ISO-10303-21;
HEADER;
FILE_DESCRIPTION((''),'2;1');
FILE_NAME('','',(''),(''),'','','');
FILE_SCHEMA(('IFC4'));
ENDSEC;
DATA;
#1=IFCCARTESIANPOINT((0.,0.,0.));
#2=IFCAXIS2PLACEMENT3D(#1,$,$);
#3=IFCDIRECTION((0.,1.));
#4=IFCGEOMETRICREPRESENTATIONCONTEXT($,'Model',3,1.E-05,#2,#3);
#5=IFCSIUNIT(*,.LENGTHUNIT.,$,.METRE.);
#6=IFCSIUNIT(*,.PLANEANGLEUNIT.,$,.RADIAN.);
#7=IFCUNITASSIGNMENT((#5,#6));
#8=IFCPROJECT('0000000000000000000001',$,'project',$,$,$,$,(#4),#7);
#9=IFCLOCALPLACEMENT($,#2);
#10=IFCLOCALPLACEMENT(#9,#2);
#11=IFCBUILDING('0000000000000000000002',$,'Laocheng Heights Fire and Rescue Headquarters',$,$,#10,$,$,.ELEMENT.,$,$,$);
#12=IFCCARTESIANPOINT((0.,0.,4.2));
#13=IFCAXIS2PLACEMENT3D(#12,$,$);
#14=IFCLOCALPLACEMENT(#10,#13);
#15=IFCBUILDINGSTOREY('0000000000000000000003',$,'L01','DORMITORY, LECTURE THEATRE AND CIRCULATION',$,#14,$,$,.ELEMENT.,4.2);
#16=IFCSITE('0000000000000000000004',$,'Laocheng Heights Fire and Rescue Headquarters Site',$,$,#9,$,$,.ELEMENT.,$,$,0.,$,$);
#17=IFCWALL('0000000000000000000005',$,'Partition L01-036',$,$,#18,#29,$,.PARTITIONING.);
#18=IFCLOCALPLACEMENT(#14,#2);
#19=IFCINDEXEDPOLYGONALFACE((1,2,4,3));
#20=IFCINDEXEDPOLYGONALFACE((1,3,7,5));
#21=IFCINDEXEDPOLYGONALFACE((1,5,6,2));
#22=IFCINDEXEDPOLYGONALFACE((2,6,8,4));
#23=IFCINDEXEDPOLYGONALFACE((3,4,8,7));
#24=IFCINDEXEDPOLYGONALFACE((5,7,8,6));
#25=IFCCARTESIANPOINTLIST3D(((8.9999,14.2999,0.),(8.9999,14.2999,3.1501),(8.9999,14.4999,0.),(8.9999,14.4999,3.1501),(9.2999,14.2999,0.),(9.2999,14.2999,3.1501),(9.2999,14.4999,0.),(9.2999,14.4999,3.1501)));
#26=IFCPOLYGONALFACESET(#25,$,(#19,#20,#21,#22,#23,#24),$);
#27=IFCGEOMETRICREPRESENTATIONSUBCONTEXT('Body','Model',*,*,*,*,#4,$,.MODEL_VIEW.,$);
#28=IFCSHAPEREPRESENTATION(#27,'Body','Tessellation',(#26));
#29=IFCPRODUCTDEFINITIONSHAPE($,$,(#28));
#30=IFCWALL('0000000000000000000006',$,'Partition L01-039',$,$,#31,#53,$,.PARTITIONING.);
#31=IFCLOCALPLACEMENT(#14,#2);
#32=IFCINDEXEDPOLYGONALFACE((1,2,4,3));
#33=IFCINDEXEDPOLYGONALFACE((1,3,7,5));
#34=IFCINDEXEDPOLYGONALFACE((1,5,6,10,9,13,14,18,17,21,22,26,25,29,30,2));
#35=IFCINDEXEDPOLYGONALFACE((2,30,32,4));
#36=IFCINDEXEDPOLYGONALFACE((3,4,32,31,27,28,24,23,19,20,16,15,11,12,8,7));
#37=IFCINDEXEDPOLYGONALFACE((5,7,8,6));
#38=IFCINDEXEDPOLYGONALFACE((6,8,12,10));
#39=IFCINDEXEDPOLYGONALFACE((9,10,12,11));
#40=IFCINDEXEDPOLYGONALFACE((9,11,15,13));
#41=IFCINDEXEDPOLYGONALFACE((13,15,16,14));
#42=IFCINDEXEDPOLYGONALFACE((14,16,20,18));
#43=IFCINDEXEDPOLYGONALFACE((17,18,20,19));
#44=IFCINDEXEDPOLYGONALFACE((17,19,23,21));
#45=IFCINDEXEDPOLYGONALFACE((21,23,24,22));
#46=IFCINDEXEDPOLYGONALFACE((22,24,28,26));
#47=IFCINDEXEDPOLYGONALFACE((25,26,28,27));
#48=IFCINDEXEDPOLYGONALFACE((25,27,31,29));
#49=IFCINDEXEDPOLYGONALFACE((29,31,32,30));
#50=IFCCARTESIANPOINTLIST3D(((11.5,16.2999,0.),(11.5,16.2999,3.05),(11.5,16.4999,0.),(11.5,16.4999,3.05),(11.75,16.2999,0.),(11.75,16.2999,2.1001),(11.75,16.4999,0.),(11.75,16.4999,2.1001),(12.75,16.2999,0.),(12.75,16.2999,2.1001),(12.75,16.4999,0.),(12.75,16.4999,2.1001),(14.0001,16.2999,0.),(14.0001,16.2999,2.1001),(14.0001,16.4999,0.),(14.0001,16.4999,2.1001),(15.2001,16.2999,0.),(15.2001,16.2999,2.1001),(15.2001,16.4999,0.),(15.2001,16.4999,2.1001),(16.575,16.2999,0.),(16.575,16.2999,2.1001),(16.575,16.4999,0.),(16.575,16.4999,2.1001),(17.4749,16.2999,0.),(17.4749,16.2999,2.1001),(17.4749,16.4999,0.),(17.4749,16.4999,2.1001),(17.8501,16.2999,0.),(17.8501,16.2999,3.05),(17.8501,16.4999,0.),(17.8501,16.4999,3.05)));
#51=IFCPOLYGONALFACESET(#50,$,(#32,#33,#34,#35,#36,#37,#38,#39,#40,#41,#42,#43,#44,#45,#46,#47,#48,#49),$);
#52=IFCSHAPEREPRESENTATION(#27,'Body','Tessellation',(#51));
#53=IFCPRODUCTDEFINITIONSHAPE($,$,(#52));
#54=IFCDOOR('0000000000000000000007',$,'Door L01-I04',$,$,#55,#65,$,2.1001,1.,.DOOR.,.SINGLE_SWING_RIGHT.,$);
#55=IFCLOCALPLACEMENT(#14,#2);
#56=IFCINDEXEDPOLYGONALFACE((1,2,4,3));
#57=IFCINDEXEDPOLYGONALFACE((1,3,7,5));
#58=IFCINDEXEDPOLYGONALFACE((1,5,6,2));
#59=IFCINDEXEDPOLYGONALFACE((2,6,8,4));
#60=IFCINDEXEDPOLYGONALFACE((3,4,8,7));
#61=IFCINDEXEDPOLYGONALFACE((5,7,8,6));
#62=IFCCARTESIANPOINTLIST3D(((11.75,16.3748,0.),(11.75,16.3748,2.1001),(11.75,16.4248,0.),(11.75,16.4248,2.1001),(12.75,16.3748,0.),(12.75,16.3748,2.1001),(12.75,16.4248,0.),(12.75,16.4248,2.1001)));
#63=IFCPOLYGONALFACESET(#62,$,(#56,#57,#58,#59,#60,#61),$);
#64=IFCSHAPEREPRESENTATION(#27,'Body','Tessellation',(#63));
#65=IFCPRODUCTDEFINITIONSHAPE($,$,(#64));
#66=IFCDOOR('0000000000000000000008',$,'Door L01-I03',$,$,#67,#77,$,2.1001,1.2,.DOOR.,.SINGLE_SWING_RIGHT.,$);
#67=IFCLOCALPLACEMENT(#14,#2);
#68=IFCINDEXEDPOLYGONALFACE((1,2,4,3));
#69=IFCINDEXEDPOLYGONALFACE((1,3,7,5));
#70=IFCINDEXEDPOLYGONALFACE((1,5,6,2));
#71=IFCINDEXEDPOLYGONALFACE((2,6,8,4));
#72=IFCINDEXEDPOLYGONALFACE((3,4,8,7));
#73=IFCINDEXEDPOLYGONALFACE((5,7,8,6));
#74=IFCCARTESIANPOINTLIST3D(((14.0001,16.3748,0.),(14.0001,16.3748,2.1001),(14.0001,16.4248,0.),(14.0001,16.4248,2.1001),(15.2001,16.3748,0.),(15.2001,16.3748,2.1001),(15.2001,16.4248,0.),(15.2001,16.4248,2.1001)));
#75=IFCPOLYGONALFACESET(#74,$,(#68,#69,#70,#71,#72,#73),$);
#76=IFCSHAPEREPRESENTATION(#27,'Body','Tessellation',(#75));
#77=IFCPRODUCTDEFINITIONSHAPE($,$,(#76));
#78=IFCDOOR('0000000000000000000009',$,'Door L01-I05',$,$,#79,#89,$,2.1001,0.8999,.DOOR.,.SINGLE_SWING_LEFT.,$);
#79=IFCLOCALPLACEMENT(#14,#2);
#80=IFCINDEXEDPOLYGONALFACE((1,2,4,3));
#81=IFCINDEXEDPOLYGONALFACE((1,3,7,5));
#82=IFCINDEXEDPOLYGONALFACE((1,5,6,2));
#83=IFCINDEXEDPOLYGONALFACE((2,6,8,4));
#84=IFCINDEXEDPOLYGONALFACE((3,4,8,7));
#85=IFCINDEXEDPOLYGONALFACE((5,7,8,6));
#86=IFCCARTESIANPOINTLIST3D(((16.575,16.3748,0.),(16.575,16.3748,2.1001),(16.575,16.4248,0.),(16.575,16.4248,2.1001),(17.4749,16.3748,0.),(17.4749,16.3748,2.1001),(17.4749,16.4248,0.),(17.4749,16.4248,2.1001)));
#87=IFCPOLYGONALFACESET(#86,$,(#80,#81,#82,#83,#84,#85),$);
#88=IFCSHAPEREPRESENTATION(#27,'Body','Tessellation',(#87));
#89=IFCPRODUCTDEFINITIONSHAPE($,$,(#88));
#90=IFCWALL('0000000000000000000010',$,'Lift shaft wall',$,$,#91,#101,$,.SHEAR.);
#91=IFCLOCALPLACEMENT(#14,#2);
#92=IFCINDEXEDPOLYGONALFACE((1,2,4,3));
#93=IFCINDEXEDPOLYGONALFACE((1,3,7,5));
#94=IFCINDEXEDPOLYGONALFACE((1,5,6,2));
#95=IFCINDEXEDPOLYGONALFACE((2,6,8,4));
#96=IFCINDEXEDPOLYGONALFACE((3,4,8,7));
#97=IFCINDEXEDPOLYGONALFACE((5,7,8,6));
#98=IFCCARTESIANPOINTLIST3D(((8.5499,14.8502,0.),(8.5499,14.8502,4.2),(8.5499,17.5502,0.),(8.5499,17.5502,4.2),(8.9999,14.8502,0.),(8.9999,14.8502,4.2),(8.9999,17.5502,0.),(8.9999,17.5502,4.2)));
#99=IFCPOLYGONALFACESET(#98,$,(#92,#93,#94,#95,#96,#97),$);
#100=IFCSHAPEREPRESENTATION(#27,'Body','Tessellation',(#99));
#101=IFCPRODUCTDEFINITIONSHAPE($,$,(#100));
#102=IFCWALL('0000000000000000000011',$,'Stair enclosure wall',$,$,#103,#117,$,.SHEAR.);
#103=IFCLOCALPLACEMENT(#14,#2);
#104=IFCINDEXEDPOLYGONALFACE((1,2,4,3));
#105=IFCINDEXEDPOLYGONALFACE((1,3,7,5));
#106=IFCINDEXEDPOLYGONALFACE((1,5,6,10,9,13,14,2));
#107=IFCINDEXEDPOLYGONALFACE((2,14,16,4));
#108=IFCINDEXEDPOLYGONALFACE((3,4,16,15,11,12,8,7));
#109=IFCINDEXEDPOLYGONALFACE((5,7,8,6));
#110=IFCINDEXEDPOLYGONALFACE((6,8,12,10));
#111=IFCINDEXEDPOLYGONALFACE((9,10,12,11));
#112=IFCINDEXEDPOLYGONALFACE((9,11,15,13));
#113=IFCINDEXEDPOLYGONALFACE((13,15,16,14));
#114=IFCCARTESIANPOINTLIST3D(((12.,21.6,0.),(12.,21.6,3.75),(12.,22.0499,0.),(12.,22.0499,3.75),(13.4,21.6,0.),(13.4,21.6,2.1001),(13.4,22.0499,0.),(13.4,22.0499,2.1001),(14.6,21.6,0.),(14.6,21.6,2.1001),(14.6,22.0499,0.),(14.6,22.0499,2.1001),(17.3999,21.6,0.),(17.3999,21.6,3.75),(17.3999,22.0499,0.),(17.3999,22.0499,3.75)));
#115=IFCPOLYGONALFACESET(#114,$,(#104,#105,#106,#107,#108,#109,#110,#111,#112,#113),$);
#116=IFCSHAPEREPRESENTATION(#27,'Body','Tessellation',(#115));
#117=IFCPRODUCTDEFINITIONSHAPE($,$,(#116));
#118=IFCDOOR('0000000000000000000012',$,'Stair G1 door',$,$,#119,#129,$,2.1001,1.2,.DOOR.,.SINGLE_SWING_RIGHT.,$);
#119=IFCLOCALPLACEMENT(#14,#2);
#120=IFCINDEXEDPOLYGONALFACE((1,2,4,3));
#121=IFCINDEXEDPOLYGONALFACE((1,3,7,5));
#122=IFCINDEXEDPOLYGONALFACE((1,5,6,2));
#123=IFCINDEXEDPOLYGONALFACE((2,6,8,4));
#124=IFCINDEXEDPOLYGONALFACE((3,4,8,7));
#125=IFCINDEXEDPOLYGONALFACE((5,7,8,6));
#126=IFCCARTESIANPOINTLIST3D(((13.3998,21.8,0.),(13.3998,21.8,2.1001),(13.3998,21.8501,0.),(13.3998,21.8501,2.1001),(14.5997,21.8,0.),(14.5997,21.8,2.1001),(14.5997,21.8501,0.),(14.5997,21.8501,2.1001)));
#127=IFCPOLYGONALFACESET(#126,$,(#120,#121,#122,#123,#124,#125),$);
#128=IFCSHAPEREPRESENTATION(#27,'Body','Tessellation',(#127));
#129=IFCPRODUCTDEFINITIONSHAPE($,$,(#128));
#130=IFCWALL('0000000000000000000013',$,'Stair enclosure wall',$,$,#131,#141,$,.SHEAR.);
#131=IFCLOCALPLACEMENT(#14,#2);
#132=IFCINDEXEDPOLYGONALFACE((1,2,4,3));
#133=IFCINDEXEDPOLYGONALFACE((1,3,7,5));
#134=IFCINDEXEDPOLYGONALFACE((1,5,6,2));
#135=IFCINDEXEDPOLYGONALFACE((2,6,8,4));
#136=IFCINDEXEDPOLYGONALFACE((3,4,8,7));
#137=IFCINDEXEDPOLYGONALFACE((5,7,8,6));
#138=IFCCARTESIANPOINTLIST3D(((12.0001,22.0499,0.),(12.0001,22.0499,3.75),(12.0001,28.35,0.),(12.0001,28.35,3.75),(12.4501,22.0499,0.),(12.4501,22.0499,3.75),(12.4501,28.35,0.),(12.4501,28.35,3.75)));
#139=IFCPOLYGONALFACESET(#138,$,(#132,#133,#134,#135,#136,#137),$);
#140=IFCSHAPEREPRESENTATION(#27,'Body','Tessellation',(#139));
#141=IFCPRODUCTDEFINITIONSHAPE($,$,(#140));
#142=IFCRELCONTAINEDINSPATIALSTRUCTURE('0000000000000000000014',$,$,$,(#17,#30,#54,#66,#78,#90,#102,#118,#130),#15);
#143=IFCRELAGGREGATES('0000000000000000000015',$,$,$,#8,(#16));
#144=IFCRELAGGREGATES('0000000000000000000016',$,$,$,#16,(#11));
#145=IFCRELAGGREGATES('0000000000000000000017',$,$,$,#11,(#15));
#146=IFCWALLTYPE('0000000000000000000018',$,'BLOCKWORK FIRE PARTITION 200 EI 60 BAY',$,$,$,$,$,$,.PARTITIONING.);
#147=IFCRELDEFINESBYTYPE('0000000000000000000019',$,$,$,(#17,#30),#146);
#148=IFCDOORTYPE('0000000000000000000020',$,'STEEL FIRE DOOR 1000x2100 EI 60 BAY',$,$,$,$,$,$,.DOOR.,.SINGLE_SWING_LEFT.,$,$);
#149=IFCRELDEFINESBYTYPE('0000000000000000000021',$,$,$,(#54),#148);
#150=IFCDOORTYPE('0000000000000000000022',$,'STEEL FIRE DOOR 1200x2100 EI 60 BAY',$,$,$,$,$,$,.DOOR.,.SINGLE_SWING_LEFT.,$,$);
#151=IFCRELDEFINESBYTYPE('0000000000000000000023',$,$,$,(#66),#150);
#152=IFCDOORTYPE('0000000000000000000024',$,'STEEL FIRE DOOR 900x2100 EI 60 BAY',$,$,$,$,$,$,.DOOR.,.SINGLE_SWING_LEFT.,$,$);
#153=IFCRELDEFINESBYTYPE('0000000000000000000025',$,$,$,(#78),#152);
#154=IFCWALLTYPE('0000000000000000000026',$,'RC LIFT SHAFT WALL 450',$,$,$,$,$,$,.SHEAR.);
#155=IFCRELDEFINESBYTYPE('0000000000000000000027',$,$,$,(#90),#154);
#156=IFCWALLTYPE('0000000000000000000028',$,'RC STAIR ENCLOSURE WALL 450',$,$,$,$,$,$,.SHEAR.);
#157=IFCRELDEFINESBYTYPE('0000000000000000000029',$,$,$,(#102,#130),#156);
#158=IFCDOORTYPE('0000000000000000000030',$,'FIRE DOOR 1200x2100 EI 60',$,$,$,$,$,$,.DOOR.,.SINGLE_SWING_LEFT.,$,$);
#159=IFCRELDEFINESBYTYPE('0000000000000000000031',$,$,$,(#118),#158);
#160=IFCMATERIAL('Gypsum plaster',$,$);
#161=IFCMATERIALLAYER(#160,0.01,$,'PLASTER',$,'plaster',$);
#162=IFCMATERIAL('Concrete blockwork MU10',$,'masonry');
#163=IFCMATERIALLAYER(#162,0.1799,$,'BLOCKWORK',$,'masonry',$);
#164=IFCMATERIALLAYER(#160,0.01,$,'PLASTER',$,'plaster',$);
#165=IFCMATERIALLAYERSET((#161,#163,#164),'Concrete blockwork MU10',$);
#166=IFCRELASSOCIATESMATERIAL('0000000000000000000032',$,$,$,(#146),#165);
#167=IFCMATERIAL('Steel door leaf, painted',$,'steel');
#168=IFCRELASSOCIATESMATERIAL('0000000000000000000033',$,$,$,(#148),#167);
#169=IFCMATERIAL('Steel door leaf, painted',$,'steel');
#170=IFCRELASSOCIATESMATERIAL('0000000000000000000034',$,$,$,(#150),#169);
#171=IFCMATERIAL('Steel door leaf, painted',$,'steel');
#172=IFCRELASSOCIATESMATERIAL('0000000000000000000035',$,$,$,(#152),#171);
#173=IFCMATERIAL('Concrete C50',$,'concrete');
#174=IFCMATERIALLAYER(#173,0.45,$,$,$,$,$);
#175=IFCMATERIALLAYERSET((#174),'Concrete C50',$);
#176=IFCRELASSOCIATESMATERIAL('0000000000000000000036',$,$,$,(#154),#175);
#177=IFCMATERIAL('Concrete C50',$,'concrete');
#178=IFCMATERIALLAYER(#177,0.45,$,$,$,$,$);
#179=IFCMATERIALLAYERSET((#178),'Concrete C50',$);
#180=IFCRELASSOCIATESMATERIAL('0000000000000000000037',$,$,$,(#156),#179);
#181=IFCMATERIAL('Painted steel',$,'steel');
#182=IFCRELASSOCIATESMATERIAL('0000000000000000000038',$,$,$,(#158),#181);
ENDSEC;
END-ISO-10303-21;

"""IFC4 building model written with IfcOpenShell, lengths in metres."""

from ifc_helpers import new_model, si_unit, direction, frame, frame_2d, origin, place, context, subcontext, project, spatial, rectangle, extrude, material, layer, layer_set, type_object, element, fill, save


model = new_model("IFC4")

# Units and contexts
model_context = context("Model", 3, precision=1e-05, world=origin(), true_north=direction((0.0, 1.0)))
body_context = subcontext(model_context, "Body", "Model", "MODEL_VIEW")
ifc_project = project(units=[si_unit("LENGTHUNIT", "METRE"), si_unit("PLANEANGLEUNIT", "RADIAN")], contexts=[model_context])

# Site, building, storey
site_placement = place(None, origin())
site = spatial("IfcSite", under=ifc_project, at=site_placement, Name="Laocheng Heights Fire and Rescue Headquarters Site", CompositionType="ELEMENT", RefElevation=0.0)
building_placement = place(site_placement, origin())
building = spatial("IfcBuilding", under=site, at=building_placement, Name="Laocheng Heights Fire and Rescue Headquarters", CompositionType="ELEMENT")
storey_placement = place(building_placement, frame((0.0, 0.0, 4.2)))
storey = spatial("IfcBuildingStorey", under=building, at=storey_placement, Name="L01", Description="DORMITORY, LECTURE THEATRE AND CIRCULATION", CompositionType="ELEMENT", Elevation=4.2)

# Wall
ifc_material_1 = material(Name="Gypsum plaster")
ifc_layer_1 = layer(ifc_material_1, 0.01, Name="PLASTER", Category="plaster")
ifc_material_2 = material(Name="Concrete blockwork MU10", Category="masonry")
ifc_layer_2 = layer(ifc_material_2, 0.1799, Name="BLOCKWORK", Category="masonry")
ifc_layer_3 = layer(ifc_material_1, 0.01, Name="PLASTER", Category="plaster")
ifc_layer_set_1 = layer_set([ifc_layer_1, ifc_layer_2, ifc_layer_3], Name="Concrete blockwork MU10")
wall_type_1 = type_object("IfcWallType", Name="BLOCKWORK FIRE PARTITION 200 EI 60 BAY", PredefinedType="PARTITIONING", material=ifc_layer_set_1)
wall_1_placement = place(storey_placement, frame((9.0, 14.3999, 0.0), z_axis=(0.0, 0.0, 1.0), x_axis=(1.0, 0.0, 0.0)))
element("IfcWall", 1, at=wall_1_placement, inside=storey, type_object=wall_type_1, Name="Partition L01-036", PredefinedType="PARTITIONING", context=body_context, shape_type="SweptSolid", body=[
    extrude(rectangle(XDim=0.3, YDim=0.2, at=frame_2d((0.1499, 0.0))), origin(), (0.0, 0.0, 1.0), 3.1501),
])

# Wall, openings, doors
wall_2_placement = place(storey_placement, frame((11.5, 16.3999, 0.0), z_axis=(0.0, 0.0, 1.0), x_axis=(1.0, 0.0, 0.0)))
wall_2 = element("IfcWall", 2, at=wall_2_placement, inside=storey, type_object=wall_type_1, Name="Partition L01-039", PredefinedType="PARTITIONING", context=body_context, shape_type="SweptSolid", body=[
    extrude(rectangle(XDim=6.3501, YDim=0.2, at=frame_2d((3.175, 0.0))), origin(), (0.0, 0.0, 1.0), 3.05),
])
opening_1_placement = place(wall_2_placement, frame((2.5, 0.0, 0.0)))
opening_1 = element("IfcOpeningElement", 3, at=opening_1_placement, cuts=wall_2, PredefinedType="OPENING", context=body_context, shape_type="SweptSolid", body=[
    extrude(rectangle(XDim=1.2, YDim=2.1001, at=frame_2d((0.6001, 1.05))), frame((0.0, 0.1099, 0.0), z_axis=(0.0, -1.0, 0.0), x_axis=(1.0, 0.0, 0.0)), (0.0, 0.0, 1.0), 0.22),
])
opening_2_placement = place(wall_2_placement, frame((0.25, 0.0, 0.0)))
opening_2 = element("IfcOpeningElement", 4, at=opening_2_placement, cuts=wall_2, PredefinedType="OPENING", context=body_context, shape_type="SweptSolid", body=[
    extrude(rectangle(XDim=1.0, YDim=2.1001, at=frame_2d((0.5, 1.05))), frame((0.0, 0.1099, 0.0), z_axis=(0.0, -1.0, 0.0), x_axis=(1.0, 0.0, 0.0)), (0.0, 0.0, 1.0), 0.22),
])
opening_3_placement = place(wall_2_placement, frame((5.075, 0.0, 0.0)))
opening_3 = element("IfcOpeningElement", 5, at=opening_3_placement, cuts=wall_2, PredefinedType="OPENING", context=body_context, shape_type="SweptSolid", body=[
    extrude(rectangle(XDim=0.8999, YDim=2.1001, at=frame_2d((0.45, 1.05))), frame((0.0, 0.1099, 0.0), z_axis=(0.0, -1.0, 0.0), x_axis=(1.0, 0.0, 0.0)), (0.0, 0.0, 1.0), 0.22),
])
ifc_material_3 = material(Name="Steel door leaf, painted", Category="steel")
door_type_1 = type_object("IfcDoorType", Name="STEEL FIRE DOOR 1000x2100 EI 60 BAY", OperationType="SINGLE_SWING_LEFT", PredefinedType="DOOR", material=ifc_material_3)
door_1_placement = place(opening_2_placement, origin())
door_1 = element("IfcDoor", 6, at=door_1_placement, inside=storey, type_object=door_type_1, Name="Door L01-I04", OperationType="SINGLE_SWING_RIGHT", OverallHeight=2.1001, OverallWidth=1.0, PredefinedType="DOOR", context=body_context, shape_type="SweptSolid", body=[
    extrude(rectangle(XDim=1.0, YDim=2.1001, at=frame_2d((0.5, 1.05))), frame((0.0, 0.0249, 0.0), z_axis=(0.0, -1.0, 0.0), x_axis=(1.0, 0.0, 0.0)), (0.0, 0.0, 1.0), 0.05),
])
fill(opening_2, door_1)
ifc_material_4 = material(Name="Steel door leaf, painted", Category="steel")
door_type_2 = type_object("IfcDoorType", Name="STEEL FIRE DOOR 1200x2100 EI 60 BAY", OperationType="SINGLE_SWING_LEFT", PredefinedType="DOOR", material=ifc_material_4)
door_2_placement = place(opening_1_placement, origin())
door_2 = element("IfcDoor", 7, at=door_2_placement, inside=storey, type_object=door_type_2, Name="Door L01-I03", OperationType="SINGLE_SWING_RIGHT", OverallHeight=2.1001, OverallWidth=1.2, PredefinedType="DOOR", context=body_context, shape_type="SweptSolid", body=[
    extrude(rectangle(XDim=1.2, YDim=2.1001, at=frame_2d((0.6001, 1.05))), frame((0.0, 0.0249, 0.0), z_axis=(0.0, -1.0, 0.0), x_axis=(1.0, 0.0, 0.0)), (0.0, 0.0, 1.0), 0.05),
])
fill(opening_1, door_2)
ifc_material_5 = material(Name="Steel door leaf, painted", Category="steel")
door_type_3 = type_object("IfcDoorType", Name="STEEL FIRE DOOR 900x2100 EI 60 BAY", OperationType="SINGLE_SWING_LEFT", PredefinedType="DOOR", material=ifc_material_5)
door_3_placement = place(opening_3_placement, origin())
door_3 = element("IfcDoor", 8, at=door_3_placement, inside=storey, type_object=door_type_3, Name="Door L01-I05", OperationType="SINGLE_SWING_LEFT", OverallHeight=2.1001, OverallWidth=0.8999, PredefinedType="DOOR", context=body_context, shape_type="SweptSolid", body=[
    extrude(rectangle(XDim=0.8999, YDim=2.1001, at=frame_2d((0.45, 1.05))), frame((0.0, 0.0249, 0.0), z_axis=(0.0, -1.0, 0.0), x_axis=(1.0, 0.0, 0.0)), (0.0, 0.0, 1.0), 0.05),
])
fill(opening_3, door_3)

# Wall
ifc_material_6 = material(Name="Concrete C50", Category="concrete")
ifc_layer_4 = layer(ifc_material_6, 0.45)
ifc_layer_set_2 = layer_set([ifc_layer_4], Name="Concrete C50")
wall_type_2 = type_object("IfcWallType", Name="RC LIFT SHAFT WALL 450", PredefinedType="SHEAR", material=ifc_layer_set_2)
wall_3_placement = place(storey_placement, frame((8.7749, 14.8501, 0.0), z_axis=(0.0, 0.0, 1.0), x_axis=(0.0, 1.0, 0.0)))
element("IfcWall", 9, at=wall_3_placement, inside=storey, type_object=wall_type_2, Name="Lift shaft wall", PredefinedType="SHEAR", context=body_context, shape_type="SweptSolid", body=[
    extrude(rectangle(XDim=2.7, YDim=0.45, at=frame_2d((1.3501, 0.0))), origin(), (0.0, 0.0, 1.0), 4.2),
])

# Wall, opening, door
ifc_material_7 = material(Name="Concrete C50", Category="concrete")
ifc_layer_5 = layer(ifc_material_7, 0.45)
ifc_layer_set_3 = layer_set([ifc_layer_5], Name="Concrete C50")
wall_type_3 = type_object("IfcWallType", Name="RC STAIR ENCLOSURE WALL 450", PredefinedType="SHEAR", material=ifc_layer_set_3)
wall_4_placement = place(storey_placement, frame((12.0, 21.825, 0.0), z_axis=(0.0, 0.0, 1.0), x_axis=(1.0, 0.0, 0.0)))
wall_4 = element("IfcWall", 10, at=wall_4_placement, inside=storey, type_object=wall_type_3, Name="Stair enclosure wall", PredefinedType="SHEAR", context=body_context, shape_type="SweptSolid", body=[
    extrude(rectangle(XDim=5.3999, YDim=0.45, at=frame_2d((2.7, 0.0))), origin(), (0.0, 0.0, 1.0), 3.75),
])
opening_4_placement = place(wall_4_placement, frame((1.3999, 0.0, 0.0)))
opening_4 = element("IfcOpeningElement", 11, at=opening_4_placement, cuts=wall_4, PredefinedType="OPENING", context=body_context, shape_type="SweptSolid", body=[
    extrude(rectangle(XDim=1.2, YDim=2.1001, at=frame_2d((0.6001, 1.05))), frame((0.0, 0.2349, 0.0), z_axis=(0.0, -1.0, 0.0), x_axis=(1.0, 0.0, 0.0)), (0.0, 0.0, 1.0), 0.47),
])
ifc_material_8 = material(Name="Painted steel", Category="steel")
door_type_4 = type_object("IfcDoorType", Name="FIRE DOOR 1200x2100 EI 60", OperationType="SINGLE_SWING_LEFT", PredefinedType="DOOR", material=ifc_material_8)
door_4_placement = place(opening_4_placement, frame((1.2, 0.0, 0.0), z_axis=(0.0, 0.0, 1.0), x_axis=(-1.0, 0.0, 0.0)))
door_4 = element("IfcDoor", 12, at=door_4_placement, inside=storey, type_object=door_type_4, Name="Stair G1 door", OperationType="SINGLE_SWING_RIGHT", OverallHeight=2.1001, OverallWidth=1.2, PredefinedType="DOOR", context=body_context, shape_type="SweptSolid", body=[
    extrude(rectangle(XDim=1.2, YDim=2.1001, at=frame_2d((0.6001, 1.05))), frame((0.0, 0.0249, 0.0), z_axis=(0.0, -1.0, 0.0), x_axis=(1.0, 0.0, 0.0)), (0.0, 0.0, 1.0), 0.05),
])
fill(opening_4, door_4)

# Wall
wall_5_placement = place(storey_placement, frame((12.2251, 22.05, 0.0), z_axis=(0.0, 0.0, 1.0), x_axis=(0.0, 1.0, 0.0)))
element("IfcWall", 13, at=wall_5_placement, inside=storey, type_object=wall_type_3, Name="Stair enclosure wall", PredefinedType="SHEAR", context=body_context, shape_type="SweptSolid", body=[
    extrude(rectangle(XDim=6.3, YDim=0.45, at=frame_2d((3.1499, 0.0))), origin(), (0.0, 0.0, 1.0), 3.75),
])

save(model, "model.ifc")
